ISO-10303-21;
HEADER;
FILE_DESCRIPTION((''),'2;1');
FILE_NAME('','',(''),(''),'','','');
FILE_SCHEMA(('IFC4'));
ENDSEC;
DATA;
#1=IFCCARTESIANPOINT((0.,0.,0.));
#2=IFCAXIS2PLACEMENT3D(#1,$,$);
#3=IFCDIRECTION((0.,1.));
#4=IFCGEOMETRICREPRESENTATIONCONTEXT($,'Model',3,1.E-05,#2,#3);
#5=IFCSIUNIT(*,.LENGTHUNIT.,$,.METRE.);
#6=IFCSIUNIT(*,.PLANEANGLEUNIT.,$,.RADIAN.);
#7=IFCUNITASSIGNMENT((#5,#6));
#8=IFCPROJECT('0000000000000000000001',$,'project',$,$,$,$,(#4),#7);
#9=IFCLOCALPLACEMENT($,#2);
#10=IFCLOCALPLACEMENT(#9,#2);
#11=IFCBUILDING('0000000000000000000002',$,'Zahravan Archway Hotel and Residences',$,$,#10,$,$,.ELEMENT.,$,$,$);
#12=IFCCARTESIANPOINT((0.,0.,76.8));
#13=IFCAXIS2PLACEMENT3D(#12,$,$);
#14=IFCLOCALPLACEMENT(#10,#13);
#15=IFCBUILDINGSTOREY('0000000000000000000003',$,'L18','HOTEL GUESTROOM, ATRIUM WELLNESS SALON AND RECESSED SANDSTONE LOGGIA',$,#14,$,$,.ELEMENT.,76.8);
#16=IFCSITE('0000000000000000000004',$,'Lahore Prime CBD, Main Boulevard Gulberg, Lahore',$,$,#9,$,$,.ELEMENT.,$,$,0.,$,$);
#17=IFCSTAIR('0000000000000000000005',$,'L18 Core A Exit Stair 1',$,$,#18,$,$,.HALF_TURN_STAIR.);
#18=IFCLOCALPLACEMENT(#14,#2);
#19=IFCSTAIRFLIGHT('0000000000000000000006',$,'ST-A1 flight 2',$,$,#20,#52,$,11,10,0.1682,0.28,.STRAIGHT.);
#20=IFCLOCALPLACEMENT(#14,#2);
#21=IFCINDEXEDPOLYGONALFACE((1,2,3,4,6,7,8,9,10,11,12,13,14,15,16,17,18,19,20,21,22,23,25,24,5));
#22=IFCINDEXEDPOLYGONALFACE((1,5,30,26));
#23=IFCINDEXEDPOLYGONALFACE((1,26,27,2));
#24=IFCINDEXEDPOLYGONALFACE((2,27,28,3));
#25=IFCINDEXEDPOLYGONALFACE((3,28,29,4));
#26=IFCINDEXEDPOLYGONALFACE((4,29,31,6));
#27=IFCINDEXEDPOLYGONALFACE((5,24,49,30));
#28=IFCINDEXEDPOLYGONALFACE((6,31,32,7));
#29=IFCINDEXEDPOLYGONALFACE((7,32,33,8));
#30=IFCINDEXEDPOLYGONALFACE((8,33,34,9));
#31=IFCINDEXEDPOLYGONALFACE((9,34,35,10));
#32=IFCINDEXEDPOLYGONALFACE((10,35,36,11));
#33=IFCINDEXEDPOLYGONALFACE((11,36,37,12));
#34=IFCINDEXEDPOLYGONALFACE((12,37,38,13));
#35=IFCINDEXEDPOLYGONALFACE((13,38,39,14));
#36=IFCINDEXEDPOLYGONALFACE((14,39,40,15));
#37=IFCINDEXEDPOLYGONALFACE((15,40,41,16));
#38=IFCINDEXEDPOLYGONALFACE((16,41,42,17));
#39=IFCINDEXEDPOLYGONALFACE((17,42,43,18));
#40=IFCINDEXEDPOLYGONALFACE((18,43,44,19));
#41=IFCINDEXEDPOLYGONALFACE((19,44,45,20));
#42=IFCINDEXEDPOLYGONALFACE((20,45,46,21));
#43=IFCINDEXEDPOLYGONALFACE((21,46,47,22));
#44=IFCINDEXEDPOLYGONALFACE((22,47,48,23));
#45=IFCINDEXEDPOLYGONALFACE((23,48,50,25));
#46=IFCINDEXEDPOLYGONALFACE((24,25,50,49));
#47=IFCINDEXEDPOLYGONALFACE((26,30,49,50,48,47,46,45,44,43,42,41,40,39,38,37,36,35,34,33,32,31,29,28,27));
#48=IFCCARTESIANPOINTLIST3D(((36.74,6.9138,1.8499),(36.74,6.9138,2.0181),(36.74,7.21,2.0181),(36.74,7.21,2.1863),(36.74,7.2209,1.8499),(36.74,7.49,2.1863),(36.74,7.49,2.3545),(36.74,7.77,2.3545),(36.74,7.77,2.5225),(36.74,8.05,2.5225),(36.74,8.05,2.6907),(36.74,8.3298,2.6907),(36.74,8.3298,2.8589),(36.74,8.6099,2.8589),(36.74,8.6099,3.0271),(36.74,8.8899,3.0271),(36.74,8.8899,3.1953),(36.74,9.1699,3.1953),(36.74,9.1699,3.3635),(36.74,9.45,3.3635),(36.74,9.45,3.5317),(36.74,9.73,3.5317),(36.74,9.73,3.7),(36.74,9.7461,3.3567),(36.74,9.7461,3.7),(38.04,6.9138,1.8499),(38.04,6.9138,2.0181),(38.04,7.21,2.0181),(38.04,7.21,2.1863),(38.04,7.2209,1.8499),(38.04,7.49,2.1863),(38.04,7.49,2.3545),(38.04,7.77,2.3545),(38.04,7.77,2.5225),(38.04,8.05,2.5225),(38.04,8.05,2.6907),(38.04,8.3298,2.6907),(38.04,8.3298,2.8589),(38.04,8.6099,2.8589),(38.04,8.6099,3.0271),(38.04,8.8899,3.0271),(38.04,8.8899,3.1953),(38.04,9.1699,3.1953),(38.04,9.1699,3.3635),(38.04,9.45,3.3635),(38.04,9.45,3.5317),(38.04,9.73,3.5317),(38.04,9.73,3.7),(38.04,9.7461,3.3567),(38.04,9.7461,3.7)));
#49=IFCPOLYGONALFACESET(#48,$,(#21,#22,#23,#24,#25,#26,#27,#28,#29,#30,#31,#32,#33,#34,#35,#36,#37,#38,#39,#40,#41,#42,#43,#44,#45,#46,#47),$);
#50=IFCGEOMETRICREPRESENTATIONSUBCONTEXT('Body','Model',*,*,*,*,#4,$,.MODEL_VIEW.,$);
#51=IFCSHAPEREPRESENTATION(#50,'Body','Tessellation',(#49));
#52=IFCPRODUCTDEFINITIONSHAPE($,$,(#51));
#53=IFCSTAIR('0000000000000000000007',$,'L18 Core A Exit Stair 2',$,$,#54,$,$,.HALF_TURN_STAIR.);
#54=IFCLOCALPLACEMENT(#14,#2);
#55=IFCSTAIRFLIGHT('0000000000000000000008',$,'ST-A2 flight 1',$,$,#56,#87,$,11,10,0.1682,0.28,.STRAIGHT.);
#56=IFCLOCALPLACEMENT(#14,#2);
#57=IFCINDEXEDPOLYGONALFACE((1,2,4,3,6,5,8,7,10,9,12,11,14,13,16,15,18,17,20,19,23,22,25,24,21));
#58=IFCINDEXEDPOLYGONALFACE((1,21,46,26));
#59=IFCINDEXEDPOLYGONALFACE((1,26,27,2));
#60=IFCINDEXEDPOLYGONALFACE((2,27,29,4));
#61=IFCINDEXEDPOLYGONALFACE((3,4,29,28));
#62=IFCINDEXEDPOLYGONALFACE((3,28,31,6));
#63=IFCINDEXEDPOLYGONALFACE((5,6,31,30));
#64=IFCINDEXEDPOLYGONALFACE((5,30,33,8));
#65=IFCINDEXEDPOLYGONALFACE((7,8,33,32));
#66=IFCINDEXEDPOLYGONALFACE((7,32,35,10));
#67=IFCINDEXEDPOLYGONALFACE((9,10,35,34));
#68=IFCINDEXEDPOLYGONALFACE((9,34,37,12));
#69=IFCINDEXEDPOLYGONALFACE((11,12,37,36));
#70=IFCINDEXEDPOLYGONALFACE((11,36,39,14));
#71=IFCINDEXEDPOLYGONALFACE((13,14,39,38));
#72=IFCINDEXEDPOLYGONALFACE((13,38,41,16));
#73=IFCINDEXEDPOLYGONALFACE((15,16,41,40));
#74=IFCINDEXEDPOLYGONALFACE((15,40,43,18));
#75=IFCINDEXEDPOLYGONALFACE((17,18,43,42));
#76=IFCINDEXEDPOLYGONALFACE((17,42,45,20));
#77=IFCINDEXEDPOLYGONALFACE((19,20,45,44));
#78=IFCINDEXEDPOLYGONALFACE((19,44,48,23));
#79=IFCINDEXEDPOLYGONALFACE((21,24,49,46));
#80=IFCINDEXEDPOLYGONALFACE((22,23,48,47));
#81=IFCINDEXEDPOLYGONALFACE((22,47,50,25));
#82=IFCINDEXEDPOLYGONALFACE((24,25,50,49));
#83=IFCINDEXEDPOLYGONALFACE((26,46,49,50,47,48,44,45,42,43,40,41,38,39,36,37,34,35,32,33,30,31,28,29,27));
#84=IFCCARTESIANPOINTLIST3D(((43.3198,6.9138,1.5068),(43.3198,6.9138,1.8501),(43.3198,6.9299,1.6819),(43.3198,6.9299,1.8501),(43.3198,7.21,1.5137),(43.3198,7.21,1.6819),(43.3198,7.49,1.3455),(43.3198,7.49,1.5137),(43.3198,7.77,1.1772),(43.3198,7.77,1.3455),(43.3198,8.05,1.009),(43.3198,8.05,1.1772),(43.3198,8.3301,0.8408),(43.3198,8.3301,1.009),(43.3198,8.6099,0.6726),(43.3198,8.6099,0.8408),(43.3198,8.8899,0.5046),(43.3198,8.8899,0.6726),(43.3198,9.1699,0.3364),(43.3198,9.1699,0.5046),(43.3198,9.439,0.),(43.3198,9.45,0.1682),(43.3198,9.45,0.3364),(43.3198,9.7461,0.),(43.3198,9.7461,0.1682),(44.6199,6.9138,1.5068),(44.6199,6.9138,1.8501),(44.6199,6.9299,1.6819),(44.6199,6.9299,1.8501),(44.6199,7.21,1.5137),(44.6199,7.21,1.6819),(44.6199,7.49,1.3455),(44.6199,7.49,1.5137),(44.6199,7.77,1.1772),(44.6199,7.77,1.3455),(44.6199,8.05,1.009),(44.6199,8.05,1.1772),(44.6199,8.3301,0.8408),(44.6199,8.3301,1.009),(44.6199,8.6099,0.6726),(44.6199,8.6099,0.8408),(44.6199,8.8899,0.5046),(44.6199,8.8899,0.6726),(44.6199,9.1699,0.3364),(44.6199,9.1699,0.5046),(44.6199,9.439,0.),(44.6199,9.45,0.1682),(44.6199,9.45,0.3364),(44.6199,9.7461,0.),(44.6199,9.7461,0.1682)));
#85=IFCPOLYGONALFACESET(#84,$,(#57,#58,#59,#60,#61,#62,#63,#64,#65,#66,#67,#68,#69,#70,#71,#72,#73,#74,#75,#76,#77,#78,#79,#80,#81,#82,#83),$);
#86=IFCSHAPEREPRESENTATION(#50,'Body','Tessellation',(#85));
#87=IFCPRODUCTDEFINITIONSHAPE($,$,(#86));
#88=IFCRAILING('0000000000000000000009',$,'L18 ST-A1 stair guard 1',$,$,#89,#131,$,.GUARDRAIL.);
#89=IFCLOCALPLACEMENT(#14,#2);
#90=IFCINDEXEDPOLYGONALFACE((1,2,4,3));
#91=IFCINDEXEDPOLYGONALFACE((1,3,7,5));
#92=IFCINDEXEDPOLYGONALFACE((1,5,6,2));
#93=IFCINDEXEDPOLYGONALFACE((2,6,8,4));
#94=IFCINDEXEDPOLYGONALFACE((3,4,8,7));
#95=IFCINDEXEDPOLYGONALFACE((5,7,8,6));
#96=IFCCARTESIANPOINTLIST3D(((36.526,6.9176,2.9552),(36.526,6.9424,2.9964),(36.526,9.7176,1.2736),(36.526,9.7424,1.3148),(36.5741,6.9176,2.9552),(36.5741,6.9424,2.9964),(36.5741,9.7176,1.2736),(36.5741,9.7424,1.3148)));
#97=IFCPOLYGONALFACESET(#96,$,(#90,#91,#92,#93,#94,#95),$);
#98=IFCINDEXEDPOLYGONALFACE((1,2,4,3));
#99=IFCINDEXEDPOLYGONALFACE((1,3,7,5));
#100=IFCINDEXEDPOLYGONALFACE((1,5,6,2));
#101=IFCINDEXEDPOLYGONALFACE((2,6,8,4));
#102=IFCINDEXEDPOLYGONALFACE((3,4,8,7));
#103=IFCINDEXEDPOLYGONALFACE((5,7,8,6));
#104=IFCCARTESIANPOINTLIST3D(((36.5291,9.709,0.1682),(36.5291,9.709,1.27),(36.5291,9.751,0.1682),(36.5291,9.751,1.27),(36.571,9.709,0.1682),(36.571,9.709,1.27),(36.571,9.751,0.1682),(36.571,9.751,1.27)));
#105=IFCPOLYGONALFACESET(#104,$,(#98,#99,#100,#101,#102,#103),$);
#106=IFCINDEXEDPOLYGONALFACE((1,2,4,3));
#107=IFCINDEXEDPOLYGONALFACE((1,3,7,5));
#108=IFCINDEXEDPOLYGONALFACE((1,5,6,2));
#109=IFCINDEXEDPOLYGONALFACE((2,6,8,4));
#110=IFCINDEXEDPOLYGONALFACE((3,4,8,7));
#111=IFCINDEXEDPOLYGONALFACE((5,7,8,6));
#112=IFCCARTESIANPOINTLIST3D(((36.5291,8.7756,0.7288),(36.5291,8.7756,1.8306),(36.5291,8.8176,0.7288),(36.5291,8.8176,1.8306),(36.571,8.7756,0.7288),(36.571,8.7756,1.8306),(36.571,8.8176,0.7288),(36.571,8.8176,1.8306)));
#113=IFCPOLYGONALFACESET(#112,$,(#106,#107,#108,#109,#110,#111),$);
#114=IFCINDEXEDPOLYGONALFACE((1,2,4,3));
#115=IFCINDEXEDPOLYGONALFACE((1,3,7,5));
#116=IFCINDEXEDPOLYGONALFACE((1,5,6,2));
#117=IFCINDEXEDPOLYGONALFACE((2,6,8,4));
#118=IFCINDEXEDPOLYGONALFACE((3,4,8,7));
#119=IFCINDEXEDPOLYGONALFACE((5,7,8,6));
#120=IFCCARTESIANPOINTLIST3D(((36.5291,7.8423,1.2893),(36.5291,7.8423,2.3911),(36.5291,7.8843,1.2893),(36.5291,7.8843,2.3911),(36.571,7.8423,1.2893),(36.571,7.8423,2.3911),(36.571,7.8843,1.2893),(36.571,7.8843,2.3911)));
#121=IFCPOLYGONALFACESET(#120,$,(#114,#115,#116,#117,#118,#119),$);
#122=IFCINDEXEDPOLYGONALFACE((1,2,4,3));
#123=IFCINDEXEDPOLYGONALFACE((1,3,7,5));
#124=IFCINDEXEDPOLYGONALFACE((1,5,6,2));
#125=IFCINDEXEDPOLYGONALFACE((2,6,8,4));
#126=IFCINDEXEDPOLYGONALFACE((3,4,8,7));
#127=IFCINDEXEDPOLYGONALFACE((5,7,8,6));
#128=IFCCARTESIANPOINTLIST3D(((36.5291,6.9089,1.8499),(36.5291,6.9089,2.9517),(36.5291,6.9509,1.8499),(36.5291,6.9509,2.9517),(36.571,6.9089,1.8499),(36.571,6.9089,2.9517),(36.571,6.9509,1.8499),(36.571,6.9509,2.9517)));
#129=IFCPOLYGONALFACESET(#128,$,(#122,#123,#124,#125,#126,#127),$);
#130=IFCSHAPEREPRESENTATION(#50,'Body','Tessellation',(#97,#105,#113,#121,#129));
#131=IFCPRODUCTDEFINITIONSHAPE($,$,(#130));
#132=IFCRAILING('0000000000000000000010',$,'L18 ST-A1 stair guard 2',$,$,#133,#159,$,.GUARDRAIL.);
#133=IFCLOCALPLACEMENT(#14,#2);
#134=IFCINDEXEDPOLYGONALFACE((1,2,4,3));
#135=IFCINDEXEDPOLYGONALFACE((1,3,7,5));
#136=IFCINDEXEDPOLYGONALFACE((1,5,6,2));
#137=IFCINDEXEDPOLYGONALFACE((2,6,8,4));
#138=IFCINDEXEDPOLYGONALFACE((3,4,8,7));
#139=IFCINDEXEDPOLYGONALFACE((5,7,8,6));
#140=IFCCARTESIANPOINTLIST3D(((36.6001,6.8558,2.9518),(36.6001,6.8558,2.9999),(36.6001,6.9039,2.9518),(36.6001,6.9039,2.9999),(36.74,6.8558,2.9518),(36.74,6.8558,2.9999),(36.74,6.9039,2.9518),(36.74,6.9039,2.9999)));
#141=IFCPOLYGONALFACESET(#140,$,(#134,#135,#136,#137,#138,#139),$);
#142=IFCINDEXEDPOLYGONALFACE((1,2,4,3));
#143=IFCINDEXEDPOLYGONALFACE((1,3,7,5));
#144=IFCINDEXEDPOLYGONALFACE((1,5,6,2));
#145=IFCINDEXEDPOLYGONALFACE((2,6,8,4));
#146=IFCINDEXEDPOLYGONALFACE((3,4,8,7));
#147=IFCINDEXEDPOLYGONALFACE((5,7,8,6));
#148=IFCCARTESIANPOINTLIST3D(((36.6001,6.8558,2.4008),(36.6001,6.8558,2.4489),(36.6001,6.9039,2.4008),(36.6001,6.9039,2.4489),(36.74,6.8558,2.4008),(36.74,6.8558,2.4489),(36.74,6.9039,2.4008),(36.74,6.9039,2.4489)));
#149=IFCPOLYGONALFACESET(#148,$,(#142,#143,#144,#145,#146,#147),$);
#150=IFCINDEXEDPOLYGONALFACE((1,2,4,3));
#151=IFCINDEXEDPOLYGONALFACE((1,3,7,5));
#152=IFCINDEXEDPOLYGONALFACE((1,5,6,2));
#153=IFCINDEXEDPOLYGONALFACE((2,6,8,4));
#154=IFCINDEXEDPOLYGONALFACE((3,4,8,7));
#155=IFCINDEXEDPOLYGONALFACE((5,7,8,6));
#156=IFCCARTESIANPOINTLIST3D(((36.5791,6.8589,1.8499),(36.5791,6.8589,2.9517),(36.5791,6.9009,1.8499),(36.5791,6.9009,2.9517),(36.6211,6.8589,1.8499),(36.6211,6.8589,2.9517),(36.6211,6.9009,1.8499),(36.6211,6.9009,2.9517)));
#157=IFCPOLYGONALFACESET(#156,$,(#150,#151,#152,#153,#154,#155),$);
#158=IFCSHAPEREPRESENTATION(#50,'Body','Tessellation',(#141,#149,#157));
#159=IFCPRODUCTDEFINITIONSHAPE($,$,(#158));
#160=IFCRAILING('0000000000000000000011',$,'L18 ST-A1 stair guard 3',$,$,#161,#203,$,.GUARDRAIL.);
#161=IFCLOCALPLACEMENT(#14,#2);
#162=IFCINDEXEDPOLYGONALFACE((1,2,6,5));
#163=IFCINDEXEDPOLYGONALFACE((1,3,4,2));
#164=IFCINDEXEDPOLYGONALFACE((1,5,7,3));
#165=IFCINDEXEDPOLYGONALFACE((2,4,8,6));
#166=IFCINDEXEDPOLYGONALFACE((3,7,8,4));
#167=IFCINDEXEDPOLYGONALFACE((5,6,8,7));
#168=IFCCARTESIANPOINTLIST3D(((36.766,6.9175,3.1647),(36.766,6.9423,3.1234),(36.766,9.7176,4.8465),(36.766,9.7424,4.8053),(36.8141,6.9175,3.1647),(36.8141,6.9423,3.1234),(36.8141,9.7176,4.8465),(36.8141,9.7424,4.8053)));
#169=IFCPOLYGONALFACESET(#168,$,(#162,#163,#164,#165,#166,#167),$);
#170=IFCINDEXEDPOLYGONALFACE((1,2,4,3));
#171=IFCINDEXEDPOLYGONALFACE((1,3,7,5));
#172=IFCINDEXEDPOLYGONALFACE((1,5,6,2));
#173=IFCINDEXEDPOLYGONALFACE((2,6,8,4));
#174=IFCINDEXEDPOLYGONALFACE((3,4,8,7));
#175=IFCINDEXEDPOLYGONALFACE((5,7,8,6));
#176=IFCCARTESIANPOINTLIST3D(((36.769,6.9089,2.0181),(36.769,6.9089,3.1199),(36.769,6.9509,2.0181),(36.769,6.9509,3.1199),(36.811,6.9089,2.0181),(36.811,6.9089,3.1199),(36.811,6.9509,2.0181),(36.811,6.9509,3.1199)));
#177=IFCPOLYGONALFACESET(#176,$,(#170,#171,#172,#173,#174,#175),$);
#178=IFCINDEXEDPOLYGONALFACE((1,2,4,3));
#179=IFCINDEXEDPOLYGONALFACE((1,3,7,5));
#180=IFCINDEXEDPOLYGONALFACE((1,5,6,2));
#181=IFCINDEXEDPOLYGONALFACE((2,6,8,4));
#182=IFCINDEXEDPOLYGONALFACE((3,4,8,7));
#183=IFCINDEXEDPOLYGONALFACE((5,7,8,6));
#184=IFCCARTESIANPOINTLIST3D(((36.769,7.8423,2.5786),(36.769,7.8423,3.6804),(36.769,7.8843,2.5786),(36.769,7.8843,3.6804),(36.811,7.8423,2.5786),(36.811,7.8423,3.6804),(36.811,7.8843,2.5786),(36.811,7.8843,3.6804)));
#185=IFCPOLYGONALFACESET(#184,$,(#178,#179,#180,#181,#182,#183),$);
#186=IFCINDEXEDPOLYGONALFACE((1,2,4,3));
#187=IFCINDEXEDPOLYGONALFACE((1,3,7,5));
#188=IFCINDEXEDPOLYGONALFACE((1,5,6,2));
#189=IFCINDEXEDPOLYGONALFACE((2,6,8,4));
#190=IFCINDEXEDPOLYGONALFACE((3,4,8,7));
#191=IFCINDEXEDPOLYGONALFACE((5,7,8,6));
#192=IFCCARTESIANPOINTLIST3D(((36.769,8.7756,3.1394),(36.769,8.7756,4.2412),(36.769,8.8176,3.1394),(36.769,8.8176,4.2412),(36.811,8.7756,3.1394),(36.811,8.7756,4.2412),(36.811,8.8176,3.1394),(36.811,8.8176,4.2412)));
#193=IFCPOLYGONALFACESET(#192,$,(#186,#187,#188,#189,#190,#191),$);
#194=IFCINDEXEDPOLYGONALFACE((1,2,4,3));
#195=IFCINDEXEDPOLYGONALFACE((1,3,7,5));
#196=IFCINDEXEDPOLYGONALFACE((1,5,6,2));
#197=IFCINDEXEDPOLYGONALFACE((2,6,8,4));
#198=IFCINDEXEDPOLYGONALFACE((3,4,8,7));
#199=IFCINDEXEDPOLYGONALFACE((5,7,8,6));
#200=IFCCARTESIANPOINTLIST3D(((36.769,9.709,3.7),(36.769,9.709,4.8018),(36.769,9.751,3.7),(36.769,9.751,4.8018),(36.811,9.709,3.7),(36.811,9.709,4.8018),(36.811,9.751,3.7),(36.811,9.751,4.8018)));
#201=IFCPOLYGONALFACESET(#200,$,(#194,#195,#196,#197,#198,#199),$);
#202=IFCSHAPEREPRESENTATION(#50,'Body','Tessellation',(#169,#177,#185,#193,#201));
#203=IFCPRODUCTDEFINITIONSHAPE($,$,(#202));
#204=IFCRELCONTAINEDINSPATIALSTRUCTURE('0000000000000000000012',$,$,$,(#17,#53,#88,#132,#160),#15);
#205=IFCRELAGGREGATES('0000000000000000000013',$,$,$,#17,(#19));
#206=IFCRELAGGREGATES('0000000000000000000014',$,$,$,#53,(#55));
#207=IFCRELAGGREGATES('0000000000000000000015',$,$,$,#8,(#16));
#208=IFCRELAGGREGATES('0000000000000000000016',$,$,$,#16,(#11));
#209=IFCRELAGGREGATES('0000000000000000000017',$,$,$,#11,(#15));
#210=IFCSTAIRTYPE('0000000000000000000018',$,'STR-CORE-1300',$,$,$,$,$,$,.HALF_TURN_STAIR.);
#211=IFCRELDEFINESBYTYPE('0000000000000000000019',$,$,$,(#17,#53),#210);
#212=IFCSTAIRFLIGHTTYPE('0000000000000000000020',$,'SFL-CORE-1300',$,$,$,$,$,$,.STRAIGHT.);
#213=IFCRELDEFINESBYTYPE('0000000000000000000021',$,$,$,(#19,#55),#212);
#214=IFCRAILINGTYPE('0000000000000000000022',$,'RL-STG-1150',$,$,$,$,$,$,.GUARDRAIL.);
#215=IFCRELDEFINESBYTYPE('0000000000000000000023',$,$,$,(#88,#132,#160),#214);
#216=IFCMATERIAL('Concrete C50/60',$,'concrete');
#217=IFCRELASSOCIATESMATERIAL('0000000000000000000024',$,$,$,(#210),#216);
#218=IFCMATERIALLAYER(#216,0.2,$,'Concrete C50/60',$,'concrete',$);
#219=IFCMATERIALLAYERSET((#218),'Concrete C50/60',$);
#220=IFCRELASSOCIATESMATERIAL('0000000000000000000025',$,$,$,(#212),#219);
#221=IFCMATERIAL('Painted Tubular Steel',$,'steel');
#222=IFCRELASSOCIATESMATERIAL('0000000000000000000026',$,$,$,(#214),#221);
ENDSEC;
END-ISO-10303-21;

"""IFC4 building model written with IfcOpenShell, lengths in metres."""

from ifc_helpers import new_model, si_unit, direction, frame, origin, origin_2d, place, context, subcontext, project, spatial, polyline, rectangle, outline, extrude, source, transform, mapped, material, layer, layer_set, type_object, element, aggregate, save


model = new_model("IFC4")

# Units and contexts
model_context = context("Model", 3, precision=1e-05, world=origin(), true_north=direction((0.0, 1.0)))
body_context = subcontext(model_context, "Body", "Model", "MODEL_VIEW")
ifc_project = project(units=[si_unit("LENGTHUNIT", "METRE"), si_unit("PLANEANGLEUNIT", "RADIAN")], contexts=[model_context])

# Site, building, storey
site_placement = place(None, origin())
site = spatial("IfcSite", under=ifc_project, at=site_placement, Name="Lahore Prime CBD, Main Boulevard Gulberg, Lahore", CompositionType="ELEMENT", RefElevation=0.0)
building_placement = place(site_placement, origin())
building = spatial("IfcBuilding", under=site, at=building_placement, Name="Zahravan Archway Hotel and Residences", CompositionType="ELEMENT")
storey_placement = place(building_placement, frame((0.0, 0.0, 76.8)))
storey = spatial("IfcBuildingStorey", under=building, at=storey_placement, Name="L18", Description="HOTEL GUESTROOM, ATRIUM WELLNESS SALON AND RECESSED SANDSTONE LOGGIA", CompositionType="ELEMENT", Elevation=76.8)

# Shared definitions
ifc_material_1 = material(Name="Concrete C50/60", Category="concrete")

# Stair, stair flight
stair_type = type_object("IfcStairType", Name="STR-CORE-1300", PredefinedType="HALF_TURN_STAIR", material=ifc_material_1)
stair_1_placement = place(storey_placement, origin())
stair_1 = element("IfcStair", 1, at=stair_1_placement, inside=storey, type_object=stair_type, Name="L18 Core A Exit Stair 1", PredefinedType="HALF_TURN_STAIR")
ifc_layer_1 = layer(ifc_material_1, 0.2, Name="Concrete C50/60", Category="concrete")
ifc_layer_set_1 = layer_set([ifc_layer_1], Name="Concrete C50/60")
stair_flight_type = type_object("IfcStairFlightType", Name="SFL-CORE-1300", PredefinedType="STRAIGHT", material=ifc_layer_set_1)
shared_shape_1 = source(origin(), body_context, "Body", "SweptSolid", [
    extrude(outline(polyline([(-0.0161, 0.0), (-0.0161, 0.1682), (0.28, 0.1682), (0.28, 0.3364), (0.5601, 0.3364), (0.5601, 0.5046), (0.8401, 0.5046), (0.8401, 0.6726), (1.1201, 0.6726), (1.1201, 0.8408), (1.3999, 0.8408), (1.3999, 1.009), (1.6799, 1.009), (1.6799, 1.1772), (1.96, 1.1772), (1.96, 1.3455), (2.24, 1.3455), (2.24, 1.5137), (2.52, 1.5137), (2.52, 1.6819), (2.8, 1.6819), (2.8, 1.8501), (2.8162, 1.8501), (2.8162, 1.5068), (0.291, 0.0), (-0.0161, 0.0)])), frame((0.0, 0.6499, 0.0), z_axis=(0.0, -1.0, 0.0), x_axis=(1.0, 0.0, 0.0)), (0.0, 0.0, 1.0), 1.3),
])
stair_flight_1_placement = place(storey_placement, frame((37.3899, 6.9299, 1.8499), z_axis=(0.0, 0.0, 1.0), x_axis=(0.0, 1.0, 0.0)))
stair_flight_1 = element("IfcStairFlight", 2, at=stair_flight_1_placement, type_object=stair_flight_type, Name="ST-A1 flight 2", NumberOfRisers=11, NumberOfTreads=10, PredefinedType="STRAIGHT", RiserHeight=0.1682, TreadLength=0.28, context=body_context, shape_type="MappedRepresentation", body=[
    mapped(shared_shape_1, transform((0.0, 0.0, 0.0), scale=1.0)),
])
aggregate(stair_1, [stair_flight_1])

# Stair, stair flight
stair_2_placement = place(storey_placement, origin())
stair_2 = element("IfcStair", 3, at=stair_2_placement, inside=storey, type_object=stair_type, Name="L18 Core A Exit Stair 2", PredefinedType="HALF_TURN_STAIR")
stair_flight_2_placement = place(storey_placement, frame((43.97, 9.73, 0.0), z_axis=(0.0, 0.0, 1.0), x_axis=(0.0, -1.0, 0.0)))
stair_flight_2 = element("IfcStairFlight", 4, at=stair_flight_2_placement, type_object=stair_flight_type, Name="ST-A2 flight 1", NumberOfRisers=11, NumberOfTreads=10, PredefinedType="STRAIGHT", RiserHeight=0.1682, TreadLength=0.28, context=body_context, shape_type="MappedRepresentation", body=[
    mapped(shared_shape_1, transform((0.0, 0.0, 0.0), scale=1.0)),
])
aggregate(stair_2, [stair_flight_2])

# Railings
ifc_material_2 = material(Name="Painted Tubular Steel", Category="steel")
railing_type_1 = type_object("IfcRailingType", Name="RL-STG-1150", PredefinedType="GUARDRAIL", material=ifc_material_2)
railing_1_placement = place(storey_placement, frame((36.55, 9.73, 0.1682)))
element("IfcRailing", 5, at=railing_1_placement, inside=storey, type_object=railing_type_1, Name="L18 ST-A1 stair guard 1", PredefinedType="GUARDRAIL", context=body_context, shape_type="SweptSolid", body=[
    extrude(rectangle(XDim=0.0481, YDim=0.0481, at=origin_2d()), frame((0.0, 0.0, 1.126), z_axis=(0.0, -0.857275, 0.514858), x_axis=(1.0, 0.0, 0.0)), (0.0, 0.0, 1.0), 3.2661),
    extrude(rectangle(XDim=0.042, YDim=0.042, at=origin_2d()), origin(), (0.0, 0.0, 1.0), 1.1018),
    extrude(rectangle(XDim=0.042, YDim=0.042, at=origin_2d()), frame((0.0, -0.9333, 0.5605)), (0.0, 0.0, 1.0), 1.1018),
    extrude(rectangle(XDim=0.042, YDim=0.042, at=origin_2d()), frame((0.0, -1.8667, 1.1211)), (0.0, 0.0, 1.0), 1.1018),
    extrude(rectangle(XDim=0.042, YDim=0.042, at=origin_2d()), frame((0.0, -2.8, 1.6816)), (0.0, 0.0, 1.0), 1.1018),
])
railing_2_placement = place(storey_placement, frame((36.6001, 6.8799, 1.8499)))
element("IfcRailing", 6, at=railing_2_placement, inside=storey, type_object=railing_type_1, Name="L18 ST-A1 stair guard 2", PredefinedType="GUARDRAIL", context=body_context, shape_type="SweptSolid", body=[
    extrude(rectangle(XDim=0.0481, YDim=0.0481, at=origin_2d()), frame((0.0, 0.0, 1.126), z_axis=(1.0, 0.0, 0.0), x_axis=(0.0, 1.0, 0.0)), (0.0, 0.0, 1.0), 0.1399),
    extrude(rectangle(XDim=0.0481, YDim=0.0481, at=origin_2d()), frame((0.0, 0.0, 0.575), z_axis=(1.0, 0.0, 0.0), x_axis=(0.0, 1.0, 0.0)), (0.0, 0.0, 1.0), 0.1399),
    extrude(rectangle(XDim=0.042, YDim=0.042, at=origin_2d()), origin(), (0.0, 0.0, 1.0), 1.1018),
])
railing_3_placement = place(storey_placement, frame((36.79, 6.9299, 2.0181)))
element("IfcRailing", 7, at=railing_3_placement, inside=storey, type_object=railing_type_1, Name="L18 ST-A1 stair guard 3", PredefinedType="GUARDRAIL", context=body_context, shape_type="SweptSolid", body=[
    extrude(rectangle(XDim=0.0481, YDim=0.0481, at=origin_2d()), frame((0.0, 0.0, 1.126), z_axis=(0.0, 0.857242, 0.514913), x_axis=(-1.0, 0.0, 0.0)), (0.0, 0.0, 1.0), 3.2664),
    extrude(rectangle(XDim=0.042, YDim=0.042, at=origin_2d()), origin(), (0.0, 0.0, 1.0), 1.1018),
    extrude(rectangle(XDim=0.042, YDim=0.042, at=origin_2d()), frame((0.0, 0.9333, 0.5605)), (0.0, 0.0, 1.0), 1.1018),
    extrude(rectangle(XDim=0.042, YDim=0.042, at=origin_2d()), frame((0.0, 1.8667, 1.1213)), (0.0, 0.0, 1.0), 1.1018),
    extrude(rectangle(XDim=0.042, YDim=0.042, at=origin_2d()), frame((0.0, 2.8, 1.6819)), (0.0, 0.0, 1.0), 1.1018),
])

save(model, "model.ifc")
